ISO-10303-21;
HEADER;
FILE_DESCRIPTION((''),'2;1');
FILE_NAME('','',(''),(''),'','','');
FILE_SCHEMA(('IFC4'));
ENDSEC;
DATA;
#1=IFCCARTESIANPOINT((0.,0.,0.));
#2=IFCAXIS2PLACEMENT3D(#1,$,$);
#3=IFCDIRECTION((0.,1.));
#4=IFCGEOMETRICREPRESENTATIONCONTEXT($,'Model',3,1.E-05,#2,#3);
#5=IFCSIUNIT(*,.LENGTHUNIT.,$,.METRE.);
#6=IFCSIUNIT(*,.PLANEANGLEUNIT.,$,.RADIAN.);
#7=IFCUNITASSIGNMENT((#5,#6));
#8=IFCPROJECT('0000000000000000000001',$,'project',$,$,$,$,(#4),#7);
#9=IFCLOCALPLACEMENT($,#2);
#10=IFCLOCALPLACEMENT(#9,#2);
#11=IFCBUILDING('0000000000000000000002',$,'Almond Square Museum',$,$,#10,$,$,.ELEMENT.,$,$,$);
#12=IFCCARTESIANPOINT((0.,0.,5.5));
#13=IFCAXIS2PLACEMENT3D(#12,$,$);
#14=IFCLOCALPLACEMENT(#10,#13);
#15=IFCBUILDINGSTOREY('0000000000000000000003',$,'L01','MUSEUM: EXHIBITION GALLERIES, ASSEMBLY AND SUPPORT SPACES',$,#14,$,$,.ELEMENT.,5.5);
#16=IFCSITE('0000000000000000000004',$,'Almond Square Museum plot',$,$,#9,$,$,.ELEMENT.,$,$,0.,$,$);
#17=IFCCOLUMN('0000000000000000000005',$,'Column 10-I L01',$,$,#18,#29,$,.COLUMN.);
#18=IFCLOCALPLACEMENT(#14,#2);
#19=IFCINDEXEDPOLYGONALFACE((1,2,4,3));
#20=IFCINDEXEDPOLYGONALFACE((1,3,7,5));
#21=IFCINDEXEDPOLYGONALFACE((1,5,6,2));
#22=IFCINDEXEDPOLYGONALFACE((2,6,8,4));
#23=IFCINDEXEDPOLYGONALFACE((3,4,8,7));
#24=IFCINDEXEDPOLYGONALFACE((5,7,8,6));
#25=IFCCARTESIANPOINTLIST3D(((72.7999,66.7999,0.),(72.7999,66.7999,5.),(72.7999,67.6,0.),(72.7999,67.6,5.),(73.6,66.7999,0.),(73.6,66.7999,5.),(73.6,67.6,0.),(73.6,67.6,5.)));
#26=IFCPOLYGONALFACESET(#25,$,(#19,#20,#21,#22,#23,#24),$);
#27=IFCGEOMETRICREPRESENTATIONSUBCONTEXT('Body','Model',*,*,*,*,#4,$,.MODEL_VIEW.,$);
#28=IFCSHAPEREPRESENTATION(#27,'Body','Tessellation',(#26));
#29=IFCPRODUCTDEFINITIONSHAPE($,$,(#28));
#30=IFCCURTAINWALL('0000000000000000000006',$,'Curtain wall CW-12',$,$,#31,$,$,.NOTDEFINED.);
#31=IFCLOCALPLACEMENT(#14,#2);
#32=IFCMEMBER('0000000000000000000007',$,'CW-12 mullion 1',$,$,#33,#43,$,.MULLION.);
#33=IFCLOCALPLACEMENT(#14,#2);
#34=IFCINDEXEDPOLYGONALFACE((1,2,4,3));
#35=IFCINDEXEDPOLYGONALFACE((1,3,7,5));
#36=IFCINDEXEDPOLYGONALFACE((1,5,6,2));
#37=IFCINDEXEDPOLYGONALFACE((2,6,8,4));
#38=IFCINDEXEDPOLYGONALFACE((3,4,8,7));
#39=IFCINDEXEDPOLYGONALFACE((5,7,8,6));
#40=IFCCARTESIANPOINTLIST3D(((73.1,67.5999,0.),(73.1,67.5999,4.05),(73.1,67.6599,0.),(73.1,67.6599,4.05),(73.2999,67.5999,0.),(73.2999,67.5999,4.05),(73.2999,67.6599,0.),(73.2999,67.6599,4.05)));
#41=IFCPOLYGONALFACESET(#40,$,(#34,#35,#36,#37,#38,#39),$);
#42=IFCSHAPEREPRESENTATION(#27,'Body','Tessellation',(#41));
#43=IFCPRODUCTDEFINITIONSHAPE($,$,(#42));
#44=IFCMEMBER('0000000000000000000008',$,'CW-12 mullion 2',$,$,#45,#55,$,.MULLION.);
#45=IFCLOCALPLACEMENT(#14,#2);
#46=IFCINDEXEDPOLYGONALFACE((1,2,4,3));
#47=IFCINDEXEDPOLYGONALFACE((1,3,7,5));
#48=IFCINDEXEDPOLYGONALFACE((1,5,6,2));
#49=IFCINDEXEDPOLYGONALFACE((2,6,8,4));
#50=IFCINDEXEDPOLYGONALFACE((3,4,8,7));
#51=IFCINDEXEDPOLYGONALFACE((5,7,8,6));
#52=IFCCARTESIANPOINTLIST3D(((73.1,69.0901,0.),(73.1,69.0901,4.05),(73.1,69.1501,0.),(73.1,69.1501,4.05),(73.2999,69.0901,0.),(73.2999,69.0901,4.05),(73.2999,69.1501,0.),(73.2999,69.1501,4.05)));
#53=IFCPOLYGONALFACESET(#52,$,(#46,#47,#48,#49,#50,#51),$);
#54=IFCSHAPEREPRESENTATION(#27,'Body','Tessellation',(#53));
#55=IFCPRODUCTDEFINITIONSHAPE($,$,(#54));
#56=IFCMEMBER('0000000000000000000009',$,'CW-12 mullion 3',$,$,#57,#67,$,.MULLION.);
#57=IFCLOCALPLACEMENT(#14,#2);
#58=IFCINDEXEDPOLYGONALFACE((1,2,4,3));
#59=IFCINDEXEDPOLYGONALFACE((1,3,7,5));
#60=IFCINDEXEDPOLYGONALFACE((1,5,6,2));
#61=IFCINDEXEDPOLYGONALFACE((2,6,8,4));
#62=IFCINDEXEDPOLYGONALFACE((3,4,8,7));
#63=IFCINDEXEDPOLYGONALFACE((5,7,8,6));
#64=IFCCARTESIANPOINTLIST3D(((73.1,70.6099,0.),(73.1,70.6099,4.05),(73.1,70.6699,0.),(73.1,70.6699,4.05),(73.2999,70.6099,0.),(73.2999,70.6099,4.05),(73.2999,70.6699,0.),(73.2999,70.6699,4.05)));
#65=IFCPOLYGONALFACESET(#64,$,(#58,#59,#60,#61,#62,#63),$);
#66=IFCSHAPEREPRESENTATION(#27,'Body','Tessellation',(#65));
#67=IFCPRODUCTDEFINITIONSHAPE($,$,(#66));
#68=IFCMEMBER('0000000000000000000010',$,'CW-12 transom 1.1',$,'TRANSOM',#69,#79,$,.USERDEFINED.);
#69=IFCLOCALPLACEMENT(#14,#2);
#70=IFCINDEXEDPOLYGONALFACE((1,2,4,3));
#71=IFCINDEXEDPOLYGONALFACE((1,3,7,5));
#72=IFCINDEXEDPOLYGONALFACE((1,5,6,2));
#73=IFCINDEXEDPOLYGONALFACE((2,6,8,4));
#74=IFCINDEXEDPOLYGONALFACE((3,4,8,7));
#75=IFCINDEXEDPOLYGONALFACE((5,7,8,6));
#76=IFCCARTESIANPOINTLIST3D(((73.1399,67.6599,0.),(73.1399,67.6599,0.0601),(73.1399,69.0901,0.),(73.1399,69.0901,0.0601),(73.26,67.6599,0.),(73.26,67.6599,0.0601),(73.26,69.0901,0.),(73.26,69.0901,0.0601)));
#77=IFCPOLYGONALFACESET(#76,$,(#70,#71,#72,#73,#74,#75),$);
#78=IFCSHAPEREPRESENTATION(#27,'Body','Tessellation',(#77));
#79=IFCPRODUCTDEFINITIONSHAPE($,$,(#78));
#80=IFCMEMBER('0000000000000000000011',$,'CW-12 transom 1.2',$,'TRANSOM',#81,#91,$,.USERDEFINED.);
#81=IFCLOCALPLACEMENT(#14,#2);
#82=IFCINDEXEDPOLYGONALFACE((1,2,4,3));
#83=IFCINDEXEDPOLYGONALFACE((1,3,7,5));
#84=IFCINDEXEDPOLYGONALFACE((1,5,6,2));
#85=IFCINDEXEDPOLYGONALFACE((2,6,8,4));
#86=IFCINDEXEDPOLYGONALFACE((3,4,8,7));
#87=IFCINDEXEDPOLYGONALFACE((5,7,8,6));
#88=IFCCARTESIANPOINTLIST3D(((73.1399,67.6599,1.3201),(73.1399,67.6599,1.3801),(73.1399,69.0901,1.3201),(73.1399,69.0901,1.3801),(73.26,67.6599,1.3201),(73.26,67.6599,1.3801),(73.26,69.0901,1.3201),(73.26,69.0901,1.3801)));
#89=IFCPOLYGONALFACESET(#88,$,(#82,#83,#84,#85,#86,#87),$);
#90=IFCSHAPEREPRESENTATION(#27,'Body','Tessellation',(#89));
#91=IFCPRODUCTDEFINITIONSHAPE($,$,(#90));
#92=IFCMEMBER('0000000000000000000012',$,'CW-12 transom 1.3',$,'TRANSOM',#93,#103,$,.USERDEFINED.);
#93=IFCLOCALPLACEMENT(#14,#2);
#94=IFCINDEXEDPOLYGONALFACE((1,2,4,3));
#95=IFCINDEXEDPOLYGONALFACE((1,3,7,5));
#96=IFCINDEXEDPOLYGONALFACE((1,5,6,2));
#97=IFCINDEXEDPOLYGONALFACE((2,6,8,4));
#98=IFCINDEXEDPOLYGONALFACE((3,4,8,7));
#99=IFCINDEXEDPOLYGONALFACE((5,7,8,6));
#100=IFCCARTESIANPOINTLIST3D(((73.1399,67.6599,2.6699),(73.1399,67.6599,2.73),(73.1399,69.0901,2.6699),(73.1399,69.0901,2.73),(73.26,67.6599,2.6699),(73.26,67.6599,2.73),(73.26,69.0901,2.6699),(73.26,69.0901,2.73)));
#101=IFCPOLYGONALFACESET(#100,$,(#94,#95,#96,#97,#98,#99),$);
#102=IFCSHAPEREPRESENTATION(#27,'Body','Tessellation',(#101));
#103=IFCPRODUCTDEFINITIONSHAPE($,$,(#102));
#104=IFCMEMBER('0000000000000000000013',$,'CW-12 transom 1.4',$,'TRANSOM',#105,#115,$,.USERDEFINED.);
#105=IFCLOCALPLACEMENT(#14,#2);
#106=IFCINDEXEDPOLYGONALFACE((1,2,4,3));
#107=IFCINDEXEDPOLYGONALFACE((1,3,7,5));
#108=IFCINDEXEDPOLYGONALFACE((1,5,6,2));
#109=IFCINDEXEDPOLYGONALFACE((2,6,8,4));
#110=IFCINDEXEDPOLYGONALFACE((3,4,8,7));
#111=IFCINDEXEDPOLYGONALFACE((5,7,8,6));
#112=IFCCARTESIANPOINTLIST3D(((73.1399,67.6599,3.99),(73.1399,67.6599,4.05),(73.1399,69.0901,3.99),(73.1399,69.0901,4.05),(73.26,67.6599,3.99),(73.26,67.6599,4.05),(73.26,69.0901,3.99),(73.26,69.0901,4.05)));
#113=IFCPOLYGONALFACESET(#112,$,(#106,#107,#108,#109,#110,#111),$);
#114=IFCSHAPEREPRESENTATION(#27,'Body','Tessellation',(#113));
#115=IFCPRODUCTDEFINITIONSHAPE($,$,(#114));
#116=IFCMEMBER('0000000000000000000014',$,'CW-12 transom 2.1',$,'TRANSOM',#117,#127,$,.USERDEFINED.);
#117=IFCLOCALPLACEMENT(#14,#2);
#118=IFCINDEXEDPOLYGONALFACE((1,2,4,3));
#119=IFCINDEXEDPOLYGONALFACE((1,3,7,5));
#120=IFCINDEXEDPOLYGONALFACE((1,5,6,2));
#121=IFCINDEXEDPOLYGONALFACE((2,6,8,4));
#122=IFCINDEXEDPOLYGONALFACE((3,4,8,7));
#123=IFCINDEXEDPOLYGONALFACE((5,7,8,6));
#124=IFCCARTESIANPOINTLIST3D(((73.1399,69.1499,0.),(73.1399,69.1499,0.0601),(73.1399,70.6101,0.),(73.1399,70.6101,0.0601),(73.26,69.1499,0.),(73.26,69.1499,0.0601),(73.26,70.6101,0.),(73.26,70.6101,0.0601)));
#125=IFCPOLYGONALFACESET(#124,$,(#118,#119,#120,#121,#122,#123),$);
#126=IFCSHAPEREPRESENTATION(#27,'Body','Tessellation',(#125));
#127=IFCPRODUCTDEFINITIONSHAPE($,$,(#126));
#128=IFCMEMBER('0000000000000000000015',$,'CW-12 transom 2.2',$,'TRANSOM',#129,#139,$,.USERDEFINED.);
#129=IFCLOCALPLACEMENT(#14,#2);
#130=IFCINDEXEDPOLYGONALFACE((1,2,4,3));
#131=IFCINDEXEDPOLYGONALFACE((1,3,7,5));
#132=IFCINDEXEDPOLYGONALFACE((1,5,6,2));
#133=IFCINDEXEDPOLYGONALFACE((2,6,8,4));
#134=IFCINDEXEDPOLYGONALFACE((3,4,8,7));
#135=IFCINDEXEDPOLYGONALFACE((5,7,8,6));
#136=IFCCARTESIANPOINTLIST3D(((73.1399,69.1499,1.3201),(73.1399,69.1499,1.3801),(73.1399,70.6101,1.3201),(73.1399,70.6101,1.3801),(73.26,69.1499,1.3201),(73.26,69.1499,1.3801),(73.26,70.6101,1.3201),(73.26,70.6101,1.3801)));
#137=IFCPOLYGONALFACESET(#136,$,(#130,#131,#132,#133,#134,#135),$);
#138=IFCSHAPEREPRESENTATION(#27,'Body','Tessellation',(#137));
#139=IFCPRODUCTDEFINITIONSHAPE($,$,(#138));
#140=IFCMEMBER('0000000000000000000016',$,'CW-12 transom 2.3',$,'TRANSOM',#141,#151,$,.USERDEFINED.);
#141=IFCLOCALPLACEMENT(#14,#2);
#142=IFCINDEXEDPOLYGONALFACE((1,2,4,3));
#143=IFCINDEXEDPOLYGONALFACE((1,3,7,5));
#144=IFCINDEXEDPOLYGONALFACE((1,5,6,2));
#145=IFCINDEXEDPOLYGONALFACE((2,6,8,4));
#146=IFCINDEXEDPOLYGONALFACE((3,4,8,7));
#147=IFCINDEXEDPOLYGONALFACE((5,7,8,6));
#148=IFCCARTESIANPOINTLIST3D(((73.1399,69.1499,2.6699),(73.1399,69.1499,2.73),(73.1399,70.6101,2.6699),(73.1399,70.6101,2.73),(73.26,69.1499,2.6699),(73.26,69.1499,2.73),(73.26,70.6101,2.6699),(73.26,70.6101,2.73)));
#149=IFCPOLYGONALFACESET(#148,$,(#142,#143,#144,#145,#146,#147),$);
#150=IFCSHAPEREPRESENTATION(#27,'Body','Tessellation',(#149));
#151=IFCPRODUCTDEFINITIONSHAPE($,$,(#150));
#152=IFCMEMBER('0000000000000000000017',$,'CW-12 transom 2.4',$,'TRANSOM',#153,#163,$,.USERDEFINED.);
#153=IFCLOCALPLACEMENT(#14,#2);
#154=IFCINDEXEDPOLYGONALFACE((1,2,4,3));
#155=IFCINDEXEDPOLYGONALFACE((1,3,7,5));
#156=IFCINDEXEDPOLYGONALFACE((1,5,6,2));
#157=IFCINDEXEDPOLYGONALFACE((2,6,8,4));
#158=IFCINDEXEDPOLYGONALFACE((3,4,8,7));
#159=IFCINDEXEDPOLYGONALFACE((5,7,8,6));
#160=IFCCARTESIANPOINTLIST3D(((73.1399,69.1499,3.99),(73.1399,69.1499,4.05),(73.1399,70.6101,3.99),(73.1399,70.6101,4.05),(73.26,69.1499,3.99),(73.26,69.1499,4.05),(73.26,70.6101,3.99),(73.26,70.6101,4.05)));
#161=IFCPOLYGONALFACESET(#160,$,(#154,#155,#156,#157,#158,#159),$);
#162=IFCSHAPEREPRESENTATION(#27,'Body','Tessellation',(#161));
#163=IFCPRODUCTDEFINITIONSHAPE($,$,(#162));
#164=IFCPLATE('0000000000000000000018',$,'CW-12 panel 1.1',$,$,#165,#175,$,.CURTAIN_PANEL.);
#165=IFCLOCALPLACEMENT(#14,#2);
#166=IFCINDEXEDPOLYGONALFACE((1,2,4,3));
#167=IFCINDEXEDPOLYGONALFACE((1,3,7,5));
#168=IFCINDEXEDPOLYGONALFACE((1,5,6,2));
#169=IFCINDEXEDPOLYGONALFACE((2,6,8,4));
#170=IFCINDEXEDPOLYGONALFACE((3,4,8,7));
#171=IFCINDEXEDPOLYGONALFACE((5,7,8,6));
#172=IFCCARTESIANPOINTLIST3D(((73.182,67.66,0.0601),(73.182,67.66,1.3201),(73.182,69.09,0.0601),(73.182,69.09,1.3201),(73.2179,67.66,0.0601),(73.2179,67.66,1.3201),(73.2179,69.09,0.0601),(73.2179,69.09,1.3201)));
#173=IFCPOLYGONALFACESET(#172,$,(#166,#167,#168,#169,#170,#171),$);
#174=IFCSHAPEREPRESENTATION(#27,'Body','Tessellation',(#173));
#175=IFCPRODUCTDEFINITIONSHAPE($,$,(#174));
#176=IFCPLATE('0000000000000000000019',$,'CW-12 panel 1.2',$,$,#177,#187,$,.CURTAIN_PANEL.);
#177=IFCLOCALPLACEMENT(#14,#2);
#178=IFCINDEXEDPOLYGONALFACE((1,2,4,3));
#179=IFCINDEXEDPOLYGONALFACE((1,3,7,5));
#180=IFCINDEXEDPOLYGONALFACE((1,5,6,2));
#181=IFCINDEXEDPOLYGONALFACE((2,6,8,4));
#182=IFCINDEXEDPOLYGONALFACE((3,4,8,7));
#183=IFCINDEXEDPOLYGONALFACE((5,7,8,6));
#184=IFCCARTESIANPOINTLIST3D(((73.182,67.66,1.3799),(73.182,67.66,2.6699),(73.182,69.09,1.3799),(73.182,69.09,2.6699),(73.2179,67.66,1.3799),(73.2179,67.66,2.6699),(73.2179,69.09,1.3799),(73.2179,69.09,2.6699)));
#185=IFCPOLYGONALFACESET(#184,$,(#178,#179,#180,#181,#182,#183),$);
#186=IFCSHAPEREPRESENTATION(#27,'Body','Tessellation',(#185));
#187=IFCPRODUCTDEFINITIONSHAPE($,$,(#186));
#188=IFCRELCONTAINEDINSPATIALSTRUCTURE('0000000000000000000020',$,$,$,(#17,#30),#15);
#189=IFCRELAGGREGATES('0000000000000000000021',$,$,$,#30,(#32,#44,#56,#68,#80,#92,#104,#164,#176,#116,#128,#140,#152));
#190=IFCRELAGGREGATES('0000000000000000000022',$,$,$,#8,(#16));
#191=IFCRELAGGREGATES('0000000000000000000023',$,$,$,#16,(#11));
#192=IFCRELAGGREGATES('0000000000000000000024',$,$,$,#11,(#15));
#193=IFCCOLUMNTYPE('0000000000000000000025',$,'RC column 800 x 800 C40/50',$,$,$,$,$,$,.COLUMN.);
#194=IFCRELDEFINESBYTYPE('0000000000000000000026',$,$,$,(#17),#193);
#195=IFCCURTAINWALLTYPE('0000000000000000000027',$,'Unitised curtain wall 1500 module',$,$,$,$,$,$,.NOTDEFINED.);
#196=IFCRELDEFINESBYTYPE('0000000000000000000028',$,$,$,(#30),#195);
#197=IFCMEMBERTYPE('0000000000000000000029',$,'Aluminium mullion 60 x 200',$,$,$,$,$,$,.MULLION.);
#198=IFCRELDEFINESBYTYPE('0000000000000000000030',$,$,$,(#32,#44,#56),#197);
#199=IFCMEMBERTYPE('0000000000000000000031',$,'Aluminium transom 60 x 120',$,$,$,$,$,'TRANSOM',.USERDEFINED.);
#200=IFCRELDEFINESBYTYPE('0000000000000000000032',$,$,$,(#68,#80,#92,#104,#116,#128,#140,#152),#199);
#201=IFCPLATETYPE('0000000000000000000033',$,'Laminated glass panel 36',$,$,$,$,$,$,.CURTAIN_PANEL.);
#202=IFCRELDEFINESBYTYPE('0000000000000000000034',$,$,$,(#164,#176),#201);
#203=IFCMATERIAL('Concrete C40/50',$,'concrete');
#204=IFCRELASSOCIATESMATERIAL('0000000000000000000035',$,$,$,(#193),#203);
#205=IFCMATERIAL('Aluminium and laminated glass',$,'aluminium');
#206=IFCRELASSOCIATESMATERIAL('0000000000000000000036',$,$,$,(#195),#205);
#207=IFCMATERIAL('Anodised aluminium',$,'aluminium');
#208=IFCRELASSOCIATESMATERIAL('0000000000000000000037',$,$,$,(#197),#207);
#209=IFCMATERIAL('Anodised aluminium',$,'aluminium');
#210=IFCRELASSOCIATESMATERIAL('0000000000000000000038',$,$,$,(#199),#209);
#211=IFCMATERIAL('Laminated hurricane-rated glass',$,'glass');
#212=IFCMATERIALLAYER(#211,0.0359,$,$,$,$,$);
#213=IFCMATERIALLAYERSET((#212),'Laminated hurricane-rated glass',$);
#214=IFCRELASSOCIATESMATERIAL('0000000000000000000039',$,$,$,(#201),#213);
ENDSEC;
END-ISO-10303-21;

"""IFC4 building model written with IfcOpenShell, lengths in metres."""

from ifc_helpers import new_model, si_unit, direction, frame, origin, origin_2d, place, context, subcontext, project, spatial, rectangle, extrude, material, layer, layer_set, material_profile, profile_set, type_object, element, aggregate, save


model = new_model("IFC4")

# Units and contexts
model_context = context("Model", 3, precision=1e-05, world=origin(), true_north=direction((0.0, 1.0)))
body_context = subcontext(model_context, "Body", "Model", "MODEL_VIEW")
ifc_project = project(units=[si_unit("LENGTHUNIT", "METRE"), si_unit("PLANEANGLEUNIT", "RADIAN")], contexts=[model_context])

# Site, building, storey
site_placement = place(None, origin())
site = spatial("IfcSite", under=ifc_project, at=site_placement, Name="Almond Square Museum plot", CompositionType="ELEMENT", RefElevation=0.0)
building_placement = place(site_placement, origin())
building = spatial("IfcBuilding", under=site, at=building_placement, Name="Almond Square Museum", CompositionType="ELEMENT")
storey_placement = place(building_placement, frame((0.0, 0.0, 5.5)))
storey = spatial("IfcBuildingStorey", under=building, at=storey_placement, Name="L01", Description="MUSEUM: EXHIBITION GALLERIES, ASSEMBLY AND SUPPORT SPACES", CompositionType="ELEMENT", Elevation=5.5)

# Column
ifc_material_1 = material(Name="Concrete C40/50", Category="concrete")
ifc_material_profile_1 = material_profile(ifc_material_1, rectangle(XDim=0.8, YDim=0.8, at=origin_2d()))
ifc_profile_set_1 = profile_set([ifc_material_profile_1], Name="Concrete C40/50")
column_type = type_object("IfcColumnType", Name="RC column 800 x 800 C40/50", PredefinedType="COLUMN", material=ifc_profile_set_1)
column_placement = place(storey_placement, frame((73.2, 67.2, 0.0), z_axis=(0.0, 0.0, 1.0), x_axis=(1.0, 0.0, 0.0)))
element("IfcColumn", 1, at=column_placement, inside=storey, type_object=column_type, Name="Column 10-I L01", PredefinedType="COLUMN", context=body_context, shape_type="SweptSolid", body=[
    extrude(rectangle(XDim=0.8, YDim=0.8, at=origin_2d()), origin(), (0.0, 0.0, 1.0), 5.0),
])

# Curtain wall, members, plates
ifc_material_2 = material(Name="Aluminium and laminated glass", Category="aluminium")
curtain_wall_type = type_object("IfcCurtainWallType", Name="Unitised curtain wall 1500 module", PredefinedType="NOTDEFINED", material=ifc_material_2)
curtain_wall_placement = place(storey_placement, origin())
curtain_wall = element("IfcCurtainWall", 2, at=curtain_wall_placement, inside=storey, type_object=curtain_wall_type, Name="Curtain wall CW-12", PredefinedType="NOTDEFINED")
ifc_material_3 = material(Name="Anodised aluminium", Category="aluminium")
ifc_material_profile_2 = material_profile(ifc_material_3, rectangle(XDim=0.2, YDim=0.0601, at=origin_2d()))
ifc_profile_set_2 = profile_set([ifc_material_profile_2], Name="Anodised aluminium")
member_type_1 = type_object("IfcMemberType", Name="Aluminium mullion 60 x 200", PredefinedType="MULLION", material=ifc_profile_set_2)
member_1_placement = place(storey_placement, frame((73.2, 67.6299, 0.0), z_axis=(0.0, 0.0, 1.0), x_axis=(-1.0, 0.0, 0.0)))
member_1 = element("IfcMember", 3, at=member_1_placement, type_object=member_type_1, Name="CW-12 mullion 1", PredefinedType="MULLION", context=body_context, shape_type="SweptSolid", body=[
    extrude(rectangle(XDim=0.2, YDim=0.0601, at=origin_2d()), origin(), (0.0, 0.0, 1.0), 4.05),
])
member_2_placement = place(storey_placement, frame((73.2, 69.1201, 0.0), z_axis=(0.0, 0.0, 1.0), x_axis=(-1.0, 0.0, 0.0)))
member_2 = element("IfcMember", 4, at=member_2_placement, type_object=member_type_1, Name="CW-12 mullion 2", PredefinedType="MULLION", context=body_context, shape_type="SweptSolid", body=[
    extrude(rectangle(XDim=0.2, YDim=0.0601, at=origin_2d()), origin(), (0.0, 0.0, 1.0), 4.05),
])
member_3_placement = place(storey_placement, frame((73.2, 70.6399, 0.0), z_axis=(0.0, 0.0, 1.0), x_axis=(-1.0, 0.0, 0.0)))
member_3 = element("IfcMember", 5, at=member_3_placement, type_object=member_type_1, Name="CW-12 mullion 3", PredefinedType="MULLION", context=body_context, shape_type="SweptSolid", body=[
    extrude(rectangle(XDim=0.2, YDim=0.0601, at=origin_2d()), origin(), (0.0, 0.0, 1.0), 4.05),
])
ifc_material_4 = material(Name="Anodised aluminium", Category="aluminium")
ifc_material_profile_3 = material_profile(ifc_material_4, rectangle(XDim=0.1201, YDim=0.0601, at=origin_2d()))
ifc_profile_set_3 = profile_set([ifc_material_profile_3], Name="Anodised aluminium")
member_type_2 = type_object("IfcMemberType", Name="Aluminium transom 60 x 120", ElementType="TRANSOM", PredefinedType="USERDEFINED", material=ifc_profile_set_3)
member_4_placement = place(storey_placement, frame((73.2, 67.6599, 0.03), z_axis=(0.0, 1.0, 0.0), x_axis=(-1.0, 0.0, 0.0)))
member_4 = element("IfcMember", 6, at=member_4_placement, type_object=member_type_2, Name="CW-12 transom 1.1", ObjectType="TRANSOM", PredefinedType="USERDEFINED", context=body_context, shape_type="SweptSolid", body=[
    extrude(rectangle(XDim=0.1201, YDim=0.0601, at=origin_2d()), origin(), (0.0, 0.0, 1.0), 1.4302),
])
member_5_placement = place(storey_placement, frame((73.2, 67.6599, 1.3501), z_axis=(0.0, 1.0, 0.0), x_axis=(-1.0, 0.0, 0.0)))
member_5 = element("IfcMember", 7, at=member_5_placement, type_object=member_type_2, Name="CW-12 transom 1.2", ObjectType="TRANSOM", PredefinedType="USERDEFINED", context=body_context, shape_type="SweptSolid", body=[
    extrude(rectangle(XDim=0.1201, YDim=0.0601, at=origin_2d()), origin(), (0.0, 0.0, 1.0), 1.4302),
])
member_6_placement = place(storey_placement, frame((73.2, 67.6599, 2.7), z_axis=(0.0, 1.0, 0.0), x_axis=(-1.0, 0.0, 0.0)))
member_6 = element("IfcMember", 8, at=member_6_placement, type_object=member_type_2, Name="CW-12 transom 1.3", ObjectType="TRANSOM", PredefinedType="USERDEFINED", context=body_context, shape_type="SweptSolid", body=[
    extrude(rectangle(XDim=0.1201, YDim=0.0601, at=origin_2d()), origin(), (0.0, 0.0, 1.0), 1.4302),
])
member_7_placement = place(storey_placement, frame((73.2, 67.6599, 4.02), z_axis=(0.0, 1.0, 0.0), x_axis=(-1.0, 0.0, 0.0)))
member_7 = element("IfcMember", 9, at=member_7_placement, type_object=member_type_2, Name="CW-12 transom 1.4", ObjectType="TRANSOM", PredefinedType="USERDEFINED", context=body_context, shape_type="SweptSolid", body=[
    extrude(rectangle(XDim=0.1201, YDim=0.0601, at=origin_2d()), origin(), (0.0, 0.0, 1.0), 1.4302),
])
member_8_placement = place(storey_placement, frame((73.2, 69.1499, 0.03), z_axis=(0.0, 1.0, 0.0), x_axis=(-1.0, 0.0, 0.0)))
member_8 = element("IfcMember", 10, at=member_8_placement, type_object=member_type_2, Name="CW-12 transom 2.1", ObjectType="TRANSOM", PredefinedType="USERDEFINED", context=body_context, shape_type="SweptSolid", body=[
    extrude(rectangle(XDim=0.1201, YDim=0.0601, at=origin_2d()), origin(), (0.0, 0.0, 1.0), 1.4602),
])
member_9_placement = place(storey_placement, frame((73.2, 69.1499, 1.3501), z_axis=(0.0, 1.0, 0.0), x_axis=(-1.0, 0.0, 0.0)))
member_9 = element("IfcMember", 11, at=member_9_placement, type_object=member_type_2, Name="CW-12 transom 2.2", ObjectType="TRANSOM", PredefinedType="USERDEFINED", context=body_context, shape_type="SweptSolid", body=[
    extrude(rectangle(XDim=0.1201, YDim=0.0601, at=origin_2d()), origin(), (0.0, 0.0, 1.0), 1.4602),
])
member_10_placement = place(storey_placement, frame((73.2, 69.1499, 2.7), z_axis=(0.0, 1.0, 0.0), x_axis=(-1.0, 0.0, 0.0)))
member_10 = element("IfcMember", 12, at=member_10_placement, type_object=member_type_2, Name="CW-12 transom 2.3", ObjectType="TRANSOM", PredefinedType="USERDEFINED", context=body_context, shape_type="SweptSolid", body=[
    extrude(rectangle(XDim=0.1201, YDim=0.0601, at=origin_2d()), origin(), (0.0, 0.0, 1.0), 1.4602),
])
member_11_placement = place(storey_placement, frame((73.2, 69.1499, 4.02), z_axis=(0.0, 1.0, 0.0), x_axis=(-1.0, 0.0, 0.0)))
member_11 = element("IfcMember", 13, at=member_11_placement, type_object=member_type_2, Name="CW-12 transom 2.4", ObjectType="TRANSOM", PredefinedType="USERDEFINED", context=body_context, shape_type="SweptSolid", body=[
    extrude(rectangle(XDim=0.1201, YDim=0.0601, at=origin_2d()), origin(), (0.0, 0.0, 1.0), 1.4602),
])
ifc_material_5 = material(Name="Laminated hurricane-rated glass", Category="glass")
ifc_layer = layer(ifc_material_5, 0.0359)
ifc_layer_set = layer_set([ifc_layer], Name="Laminated hurricane-rated glass")
plate_type = type_object("IfcPlateType", Name="Laminated glass panel 36", PredefinedType="CURTAIN_PANEL", material=ifc_layer_set)
plate_1_placement = place(storey_placement, frame((73.2, 68.375, 0.0601), z_axis=(0.0, 0.0, 1.0), x_axis=(0.0, 1.0, 0.0)))
plate_1 = element("IfcPlate", 14, at=plate_1_placement, type_object=plate_type, Name="CW-12 panel 1.1", PredefinedType="CURTAIN_PANEL", context=body_context, shape_type="SweptSolid", body=[
    extrude(rectangle(XDim=1.4299, YDim=0.0359, at=origin_2d()), origin(), (0.0, 0.0, 1.0), 1.26),
])
plate_2_placement = place(storey_placement, frame((73.2, 68.375, 1.3799), z_axis=(0.0, 0.0, 1.0), x_axis=(0.0, 1.0, 0.0)))
plate_2 = element("IfcPlate", 15, at=plate_2_placement, type_object=plate_type, Name="CW-12 panel 1.2", PredefinedType="CURTAIN_PANEL", context=body_context, shape_type="SweptSolid", body=[
    extrude(rectangle(XDim=1.4299, YDim=0.0359, at=origin_2d()), origin(), (0.0, 0.0, 1.0), 1.29),
])
aggregate(curtain_wall, [member_1, member_2, member_3, member_4, member_5, member_6, member_7, plate_1, plate_2, member_8, member_9, member_10, member_11])

save(model, "model.ifc")
